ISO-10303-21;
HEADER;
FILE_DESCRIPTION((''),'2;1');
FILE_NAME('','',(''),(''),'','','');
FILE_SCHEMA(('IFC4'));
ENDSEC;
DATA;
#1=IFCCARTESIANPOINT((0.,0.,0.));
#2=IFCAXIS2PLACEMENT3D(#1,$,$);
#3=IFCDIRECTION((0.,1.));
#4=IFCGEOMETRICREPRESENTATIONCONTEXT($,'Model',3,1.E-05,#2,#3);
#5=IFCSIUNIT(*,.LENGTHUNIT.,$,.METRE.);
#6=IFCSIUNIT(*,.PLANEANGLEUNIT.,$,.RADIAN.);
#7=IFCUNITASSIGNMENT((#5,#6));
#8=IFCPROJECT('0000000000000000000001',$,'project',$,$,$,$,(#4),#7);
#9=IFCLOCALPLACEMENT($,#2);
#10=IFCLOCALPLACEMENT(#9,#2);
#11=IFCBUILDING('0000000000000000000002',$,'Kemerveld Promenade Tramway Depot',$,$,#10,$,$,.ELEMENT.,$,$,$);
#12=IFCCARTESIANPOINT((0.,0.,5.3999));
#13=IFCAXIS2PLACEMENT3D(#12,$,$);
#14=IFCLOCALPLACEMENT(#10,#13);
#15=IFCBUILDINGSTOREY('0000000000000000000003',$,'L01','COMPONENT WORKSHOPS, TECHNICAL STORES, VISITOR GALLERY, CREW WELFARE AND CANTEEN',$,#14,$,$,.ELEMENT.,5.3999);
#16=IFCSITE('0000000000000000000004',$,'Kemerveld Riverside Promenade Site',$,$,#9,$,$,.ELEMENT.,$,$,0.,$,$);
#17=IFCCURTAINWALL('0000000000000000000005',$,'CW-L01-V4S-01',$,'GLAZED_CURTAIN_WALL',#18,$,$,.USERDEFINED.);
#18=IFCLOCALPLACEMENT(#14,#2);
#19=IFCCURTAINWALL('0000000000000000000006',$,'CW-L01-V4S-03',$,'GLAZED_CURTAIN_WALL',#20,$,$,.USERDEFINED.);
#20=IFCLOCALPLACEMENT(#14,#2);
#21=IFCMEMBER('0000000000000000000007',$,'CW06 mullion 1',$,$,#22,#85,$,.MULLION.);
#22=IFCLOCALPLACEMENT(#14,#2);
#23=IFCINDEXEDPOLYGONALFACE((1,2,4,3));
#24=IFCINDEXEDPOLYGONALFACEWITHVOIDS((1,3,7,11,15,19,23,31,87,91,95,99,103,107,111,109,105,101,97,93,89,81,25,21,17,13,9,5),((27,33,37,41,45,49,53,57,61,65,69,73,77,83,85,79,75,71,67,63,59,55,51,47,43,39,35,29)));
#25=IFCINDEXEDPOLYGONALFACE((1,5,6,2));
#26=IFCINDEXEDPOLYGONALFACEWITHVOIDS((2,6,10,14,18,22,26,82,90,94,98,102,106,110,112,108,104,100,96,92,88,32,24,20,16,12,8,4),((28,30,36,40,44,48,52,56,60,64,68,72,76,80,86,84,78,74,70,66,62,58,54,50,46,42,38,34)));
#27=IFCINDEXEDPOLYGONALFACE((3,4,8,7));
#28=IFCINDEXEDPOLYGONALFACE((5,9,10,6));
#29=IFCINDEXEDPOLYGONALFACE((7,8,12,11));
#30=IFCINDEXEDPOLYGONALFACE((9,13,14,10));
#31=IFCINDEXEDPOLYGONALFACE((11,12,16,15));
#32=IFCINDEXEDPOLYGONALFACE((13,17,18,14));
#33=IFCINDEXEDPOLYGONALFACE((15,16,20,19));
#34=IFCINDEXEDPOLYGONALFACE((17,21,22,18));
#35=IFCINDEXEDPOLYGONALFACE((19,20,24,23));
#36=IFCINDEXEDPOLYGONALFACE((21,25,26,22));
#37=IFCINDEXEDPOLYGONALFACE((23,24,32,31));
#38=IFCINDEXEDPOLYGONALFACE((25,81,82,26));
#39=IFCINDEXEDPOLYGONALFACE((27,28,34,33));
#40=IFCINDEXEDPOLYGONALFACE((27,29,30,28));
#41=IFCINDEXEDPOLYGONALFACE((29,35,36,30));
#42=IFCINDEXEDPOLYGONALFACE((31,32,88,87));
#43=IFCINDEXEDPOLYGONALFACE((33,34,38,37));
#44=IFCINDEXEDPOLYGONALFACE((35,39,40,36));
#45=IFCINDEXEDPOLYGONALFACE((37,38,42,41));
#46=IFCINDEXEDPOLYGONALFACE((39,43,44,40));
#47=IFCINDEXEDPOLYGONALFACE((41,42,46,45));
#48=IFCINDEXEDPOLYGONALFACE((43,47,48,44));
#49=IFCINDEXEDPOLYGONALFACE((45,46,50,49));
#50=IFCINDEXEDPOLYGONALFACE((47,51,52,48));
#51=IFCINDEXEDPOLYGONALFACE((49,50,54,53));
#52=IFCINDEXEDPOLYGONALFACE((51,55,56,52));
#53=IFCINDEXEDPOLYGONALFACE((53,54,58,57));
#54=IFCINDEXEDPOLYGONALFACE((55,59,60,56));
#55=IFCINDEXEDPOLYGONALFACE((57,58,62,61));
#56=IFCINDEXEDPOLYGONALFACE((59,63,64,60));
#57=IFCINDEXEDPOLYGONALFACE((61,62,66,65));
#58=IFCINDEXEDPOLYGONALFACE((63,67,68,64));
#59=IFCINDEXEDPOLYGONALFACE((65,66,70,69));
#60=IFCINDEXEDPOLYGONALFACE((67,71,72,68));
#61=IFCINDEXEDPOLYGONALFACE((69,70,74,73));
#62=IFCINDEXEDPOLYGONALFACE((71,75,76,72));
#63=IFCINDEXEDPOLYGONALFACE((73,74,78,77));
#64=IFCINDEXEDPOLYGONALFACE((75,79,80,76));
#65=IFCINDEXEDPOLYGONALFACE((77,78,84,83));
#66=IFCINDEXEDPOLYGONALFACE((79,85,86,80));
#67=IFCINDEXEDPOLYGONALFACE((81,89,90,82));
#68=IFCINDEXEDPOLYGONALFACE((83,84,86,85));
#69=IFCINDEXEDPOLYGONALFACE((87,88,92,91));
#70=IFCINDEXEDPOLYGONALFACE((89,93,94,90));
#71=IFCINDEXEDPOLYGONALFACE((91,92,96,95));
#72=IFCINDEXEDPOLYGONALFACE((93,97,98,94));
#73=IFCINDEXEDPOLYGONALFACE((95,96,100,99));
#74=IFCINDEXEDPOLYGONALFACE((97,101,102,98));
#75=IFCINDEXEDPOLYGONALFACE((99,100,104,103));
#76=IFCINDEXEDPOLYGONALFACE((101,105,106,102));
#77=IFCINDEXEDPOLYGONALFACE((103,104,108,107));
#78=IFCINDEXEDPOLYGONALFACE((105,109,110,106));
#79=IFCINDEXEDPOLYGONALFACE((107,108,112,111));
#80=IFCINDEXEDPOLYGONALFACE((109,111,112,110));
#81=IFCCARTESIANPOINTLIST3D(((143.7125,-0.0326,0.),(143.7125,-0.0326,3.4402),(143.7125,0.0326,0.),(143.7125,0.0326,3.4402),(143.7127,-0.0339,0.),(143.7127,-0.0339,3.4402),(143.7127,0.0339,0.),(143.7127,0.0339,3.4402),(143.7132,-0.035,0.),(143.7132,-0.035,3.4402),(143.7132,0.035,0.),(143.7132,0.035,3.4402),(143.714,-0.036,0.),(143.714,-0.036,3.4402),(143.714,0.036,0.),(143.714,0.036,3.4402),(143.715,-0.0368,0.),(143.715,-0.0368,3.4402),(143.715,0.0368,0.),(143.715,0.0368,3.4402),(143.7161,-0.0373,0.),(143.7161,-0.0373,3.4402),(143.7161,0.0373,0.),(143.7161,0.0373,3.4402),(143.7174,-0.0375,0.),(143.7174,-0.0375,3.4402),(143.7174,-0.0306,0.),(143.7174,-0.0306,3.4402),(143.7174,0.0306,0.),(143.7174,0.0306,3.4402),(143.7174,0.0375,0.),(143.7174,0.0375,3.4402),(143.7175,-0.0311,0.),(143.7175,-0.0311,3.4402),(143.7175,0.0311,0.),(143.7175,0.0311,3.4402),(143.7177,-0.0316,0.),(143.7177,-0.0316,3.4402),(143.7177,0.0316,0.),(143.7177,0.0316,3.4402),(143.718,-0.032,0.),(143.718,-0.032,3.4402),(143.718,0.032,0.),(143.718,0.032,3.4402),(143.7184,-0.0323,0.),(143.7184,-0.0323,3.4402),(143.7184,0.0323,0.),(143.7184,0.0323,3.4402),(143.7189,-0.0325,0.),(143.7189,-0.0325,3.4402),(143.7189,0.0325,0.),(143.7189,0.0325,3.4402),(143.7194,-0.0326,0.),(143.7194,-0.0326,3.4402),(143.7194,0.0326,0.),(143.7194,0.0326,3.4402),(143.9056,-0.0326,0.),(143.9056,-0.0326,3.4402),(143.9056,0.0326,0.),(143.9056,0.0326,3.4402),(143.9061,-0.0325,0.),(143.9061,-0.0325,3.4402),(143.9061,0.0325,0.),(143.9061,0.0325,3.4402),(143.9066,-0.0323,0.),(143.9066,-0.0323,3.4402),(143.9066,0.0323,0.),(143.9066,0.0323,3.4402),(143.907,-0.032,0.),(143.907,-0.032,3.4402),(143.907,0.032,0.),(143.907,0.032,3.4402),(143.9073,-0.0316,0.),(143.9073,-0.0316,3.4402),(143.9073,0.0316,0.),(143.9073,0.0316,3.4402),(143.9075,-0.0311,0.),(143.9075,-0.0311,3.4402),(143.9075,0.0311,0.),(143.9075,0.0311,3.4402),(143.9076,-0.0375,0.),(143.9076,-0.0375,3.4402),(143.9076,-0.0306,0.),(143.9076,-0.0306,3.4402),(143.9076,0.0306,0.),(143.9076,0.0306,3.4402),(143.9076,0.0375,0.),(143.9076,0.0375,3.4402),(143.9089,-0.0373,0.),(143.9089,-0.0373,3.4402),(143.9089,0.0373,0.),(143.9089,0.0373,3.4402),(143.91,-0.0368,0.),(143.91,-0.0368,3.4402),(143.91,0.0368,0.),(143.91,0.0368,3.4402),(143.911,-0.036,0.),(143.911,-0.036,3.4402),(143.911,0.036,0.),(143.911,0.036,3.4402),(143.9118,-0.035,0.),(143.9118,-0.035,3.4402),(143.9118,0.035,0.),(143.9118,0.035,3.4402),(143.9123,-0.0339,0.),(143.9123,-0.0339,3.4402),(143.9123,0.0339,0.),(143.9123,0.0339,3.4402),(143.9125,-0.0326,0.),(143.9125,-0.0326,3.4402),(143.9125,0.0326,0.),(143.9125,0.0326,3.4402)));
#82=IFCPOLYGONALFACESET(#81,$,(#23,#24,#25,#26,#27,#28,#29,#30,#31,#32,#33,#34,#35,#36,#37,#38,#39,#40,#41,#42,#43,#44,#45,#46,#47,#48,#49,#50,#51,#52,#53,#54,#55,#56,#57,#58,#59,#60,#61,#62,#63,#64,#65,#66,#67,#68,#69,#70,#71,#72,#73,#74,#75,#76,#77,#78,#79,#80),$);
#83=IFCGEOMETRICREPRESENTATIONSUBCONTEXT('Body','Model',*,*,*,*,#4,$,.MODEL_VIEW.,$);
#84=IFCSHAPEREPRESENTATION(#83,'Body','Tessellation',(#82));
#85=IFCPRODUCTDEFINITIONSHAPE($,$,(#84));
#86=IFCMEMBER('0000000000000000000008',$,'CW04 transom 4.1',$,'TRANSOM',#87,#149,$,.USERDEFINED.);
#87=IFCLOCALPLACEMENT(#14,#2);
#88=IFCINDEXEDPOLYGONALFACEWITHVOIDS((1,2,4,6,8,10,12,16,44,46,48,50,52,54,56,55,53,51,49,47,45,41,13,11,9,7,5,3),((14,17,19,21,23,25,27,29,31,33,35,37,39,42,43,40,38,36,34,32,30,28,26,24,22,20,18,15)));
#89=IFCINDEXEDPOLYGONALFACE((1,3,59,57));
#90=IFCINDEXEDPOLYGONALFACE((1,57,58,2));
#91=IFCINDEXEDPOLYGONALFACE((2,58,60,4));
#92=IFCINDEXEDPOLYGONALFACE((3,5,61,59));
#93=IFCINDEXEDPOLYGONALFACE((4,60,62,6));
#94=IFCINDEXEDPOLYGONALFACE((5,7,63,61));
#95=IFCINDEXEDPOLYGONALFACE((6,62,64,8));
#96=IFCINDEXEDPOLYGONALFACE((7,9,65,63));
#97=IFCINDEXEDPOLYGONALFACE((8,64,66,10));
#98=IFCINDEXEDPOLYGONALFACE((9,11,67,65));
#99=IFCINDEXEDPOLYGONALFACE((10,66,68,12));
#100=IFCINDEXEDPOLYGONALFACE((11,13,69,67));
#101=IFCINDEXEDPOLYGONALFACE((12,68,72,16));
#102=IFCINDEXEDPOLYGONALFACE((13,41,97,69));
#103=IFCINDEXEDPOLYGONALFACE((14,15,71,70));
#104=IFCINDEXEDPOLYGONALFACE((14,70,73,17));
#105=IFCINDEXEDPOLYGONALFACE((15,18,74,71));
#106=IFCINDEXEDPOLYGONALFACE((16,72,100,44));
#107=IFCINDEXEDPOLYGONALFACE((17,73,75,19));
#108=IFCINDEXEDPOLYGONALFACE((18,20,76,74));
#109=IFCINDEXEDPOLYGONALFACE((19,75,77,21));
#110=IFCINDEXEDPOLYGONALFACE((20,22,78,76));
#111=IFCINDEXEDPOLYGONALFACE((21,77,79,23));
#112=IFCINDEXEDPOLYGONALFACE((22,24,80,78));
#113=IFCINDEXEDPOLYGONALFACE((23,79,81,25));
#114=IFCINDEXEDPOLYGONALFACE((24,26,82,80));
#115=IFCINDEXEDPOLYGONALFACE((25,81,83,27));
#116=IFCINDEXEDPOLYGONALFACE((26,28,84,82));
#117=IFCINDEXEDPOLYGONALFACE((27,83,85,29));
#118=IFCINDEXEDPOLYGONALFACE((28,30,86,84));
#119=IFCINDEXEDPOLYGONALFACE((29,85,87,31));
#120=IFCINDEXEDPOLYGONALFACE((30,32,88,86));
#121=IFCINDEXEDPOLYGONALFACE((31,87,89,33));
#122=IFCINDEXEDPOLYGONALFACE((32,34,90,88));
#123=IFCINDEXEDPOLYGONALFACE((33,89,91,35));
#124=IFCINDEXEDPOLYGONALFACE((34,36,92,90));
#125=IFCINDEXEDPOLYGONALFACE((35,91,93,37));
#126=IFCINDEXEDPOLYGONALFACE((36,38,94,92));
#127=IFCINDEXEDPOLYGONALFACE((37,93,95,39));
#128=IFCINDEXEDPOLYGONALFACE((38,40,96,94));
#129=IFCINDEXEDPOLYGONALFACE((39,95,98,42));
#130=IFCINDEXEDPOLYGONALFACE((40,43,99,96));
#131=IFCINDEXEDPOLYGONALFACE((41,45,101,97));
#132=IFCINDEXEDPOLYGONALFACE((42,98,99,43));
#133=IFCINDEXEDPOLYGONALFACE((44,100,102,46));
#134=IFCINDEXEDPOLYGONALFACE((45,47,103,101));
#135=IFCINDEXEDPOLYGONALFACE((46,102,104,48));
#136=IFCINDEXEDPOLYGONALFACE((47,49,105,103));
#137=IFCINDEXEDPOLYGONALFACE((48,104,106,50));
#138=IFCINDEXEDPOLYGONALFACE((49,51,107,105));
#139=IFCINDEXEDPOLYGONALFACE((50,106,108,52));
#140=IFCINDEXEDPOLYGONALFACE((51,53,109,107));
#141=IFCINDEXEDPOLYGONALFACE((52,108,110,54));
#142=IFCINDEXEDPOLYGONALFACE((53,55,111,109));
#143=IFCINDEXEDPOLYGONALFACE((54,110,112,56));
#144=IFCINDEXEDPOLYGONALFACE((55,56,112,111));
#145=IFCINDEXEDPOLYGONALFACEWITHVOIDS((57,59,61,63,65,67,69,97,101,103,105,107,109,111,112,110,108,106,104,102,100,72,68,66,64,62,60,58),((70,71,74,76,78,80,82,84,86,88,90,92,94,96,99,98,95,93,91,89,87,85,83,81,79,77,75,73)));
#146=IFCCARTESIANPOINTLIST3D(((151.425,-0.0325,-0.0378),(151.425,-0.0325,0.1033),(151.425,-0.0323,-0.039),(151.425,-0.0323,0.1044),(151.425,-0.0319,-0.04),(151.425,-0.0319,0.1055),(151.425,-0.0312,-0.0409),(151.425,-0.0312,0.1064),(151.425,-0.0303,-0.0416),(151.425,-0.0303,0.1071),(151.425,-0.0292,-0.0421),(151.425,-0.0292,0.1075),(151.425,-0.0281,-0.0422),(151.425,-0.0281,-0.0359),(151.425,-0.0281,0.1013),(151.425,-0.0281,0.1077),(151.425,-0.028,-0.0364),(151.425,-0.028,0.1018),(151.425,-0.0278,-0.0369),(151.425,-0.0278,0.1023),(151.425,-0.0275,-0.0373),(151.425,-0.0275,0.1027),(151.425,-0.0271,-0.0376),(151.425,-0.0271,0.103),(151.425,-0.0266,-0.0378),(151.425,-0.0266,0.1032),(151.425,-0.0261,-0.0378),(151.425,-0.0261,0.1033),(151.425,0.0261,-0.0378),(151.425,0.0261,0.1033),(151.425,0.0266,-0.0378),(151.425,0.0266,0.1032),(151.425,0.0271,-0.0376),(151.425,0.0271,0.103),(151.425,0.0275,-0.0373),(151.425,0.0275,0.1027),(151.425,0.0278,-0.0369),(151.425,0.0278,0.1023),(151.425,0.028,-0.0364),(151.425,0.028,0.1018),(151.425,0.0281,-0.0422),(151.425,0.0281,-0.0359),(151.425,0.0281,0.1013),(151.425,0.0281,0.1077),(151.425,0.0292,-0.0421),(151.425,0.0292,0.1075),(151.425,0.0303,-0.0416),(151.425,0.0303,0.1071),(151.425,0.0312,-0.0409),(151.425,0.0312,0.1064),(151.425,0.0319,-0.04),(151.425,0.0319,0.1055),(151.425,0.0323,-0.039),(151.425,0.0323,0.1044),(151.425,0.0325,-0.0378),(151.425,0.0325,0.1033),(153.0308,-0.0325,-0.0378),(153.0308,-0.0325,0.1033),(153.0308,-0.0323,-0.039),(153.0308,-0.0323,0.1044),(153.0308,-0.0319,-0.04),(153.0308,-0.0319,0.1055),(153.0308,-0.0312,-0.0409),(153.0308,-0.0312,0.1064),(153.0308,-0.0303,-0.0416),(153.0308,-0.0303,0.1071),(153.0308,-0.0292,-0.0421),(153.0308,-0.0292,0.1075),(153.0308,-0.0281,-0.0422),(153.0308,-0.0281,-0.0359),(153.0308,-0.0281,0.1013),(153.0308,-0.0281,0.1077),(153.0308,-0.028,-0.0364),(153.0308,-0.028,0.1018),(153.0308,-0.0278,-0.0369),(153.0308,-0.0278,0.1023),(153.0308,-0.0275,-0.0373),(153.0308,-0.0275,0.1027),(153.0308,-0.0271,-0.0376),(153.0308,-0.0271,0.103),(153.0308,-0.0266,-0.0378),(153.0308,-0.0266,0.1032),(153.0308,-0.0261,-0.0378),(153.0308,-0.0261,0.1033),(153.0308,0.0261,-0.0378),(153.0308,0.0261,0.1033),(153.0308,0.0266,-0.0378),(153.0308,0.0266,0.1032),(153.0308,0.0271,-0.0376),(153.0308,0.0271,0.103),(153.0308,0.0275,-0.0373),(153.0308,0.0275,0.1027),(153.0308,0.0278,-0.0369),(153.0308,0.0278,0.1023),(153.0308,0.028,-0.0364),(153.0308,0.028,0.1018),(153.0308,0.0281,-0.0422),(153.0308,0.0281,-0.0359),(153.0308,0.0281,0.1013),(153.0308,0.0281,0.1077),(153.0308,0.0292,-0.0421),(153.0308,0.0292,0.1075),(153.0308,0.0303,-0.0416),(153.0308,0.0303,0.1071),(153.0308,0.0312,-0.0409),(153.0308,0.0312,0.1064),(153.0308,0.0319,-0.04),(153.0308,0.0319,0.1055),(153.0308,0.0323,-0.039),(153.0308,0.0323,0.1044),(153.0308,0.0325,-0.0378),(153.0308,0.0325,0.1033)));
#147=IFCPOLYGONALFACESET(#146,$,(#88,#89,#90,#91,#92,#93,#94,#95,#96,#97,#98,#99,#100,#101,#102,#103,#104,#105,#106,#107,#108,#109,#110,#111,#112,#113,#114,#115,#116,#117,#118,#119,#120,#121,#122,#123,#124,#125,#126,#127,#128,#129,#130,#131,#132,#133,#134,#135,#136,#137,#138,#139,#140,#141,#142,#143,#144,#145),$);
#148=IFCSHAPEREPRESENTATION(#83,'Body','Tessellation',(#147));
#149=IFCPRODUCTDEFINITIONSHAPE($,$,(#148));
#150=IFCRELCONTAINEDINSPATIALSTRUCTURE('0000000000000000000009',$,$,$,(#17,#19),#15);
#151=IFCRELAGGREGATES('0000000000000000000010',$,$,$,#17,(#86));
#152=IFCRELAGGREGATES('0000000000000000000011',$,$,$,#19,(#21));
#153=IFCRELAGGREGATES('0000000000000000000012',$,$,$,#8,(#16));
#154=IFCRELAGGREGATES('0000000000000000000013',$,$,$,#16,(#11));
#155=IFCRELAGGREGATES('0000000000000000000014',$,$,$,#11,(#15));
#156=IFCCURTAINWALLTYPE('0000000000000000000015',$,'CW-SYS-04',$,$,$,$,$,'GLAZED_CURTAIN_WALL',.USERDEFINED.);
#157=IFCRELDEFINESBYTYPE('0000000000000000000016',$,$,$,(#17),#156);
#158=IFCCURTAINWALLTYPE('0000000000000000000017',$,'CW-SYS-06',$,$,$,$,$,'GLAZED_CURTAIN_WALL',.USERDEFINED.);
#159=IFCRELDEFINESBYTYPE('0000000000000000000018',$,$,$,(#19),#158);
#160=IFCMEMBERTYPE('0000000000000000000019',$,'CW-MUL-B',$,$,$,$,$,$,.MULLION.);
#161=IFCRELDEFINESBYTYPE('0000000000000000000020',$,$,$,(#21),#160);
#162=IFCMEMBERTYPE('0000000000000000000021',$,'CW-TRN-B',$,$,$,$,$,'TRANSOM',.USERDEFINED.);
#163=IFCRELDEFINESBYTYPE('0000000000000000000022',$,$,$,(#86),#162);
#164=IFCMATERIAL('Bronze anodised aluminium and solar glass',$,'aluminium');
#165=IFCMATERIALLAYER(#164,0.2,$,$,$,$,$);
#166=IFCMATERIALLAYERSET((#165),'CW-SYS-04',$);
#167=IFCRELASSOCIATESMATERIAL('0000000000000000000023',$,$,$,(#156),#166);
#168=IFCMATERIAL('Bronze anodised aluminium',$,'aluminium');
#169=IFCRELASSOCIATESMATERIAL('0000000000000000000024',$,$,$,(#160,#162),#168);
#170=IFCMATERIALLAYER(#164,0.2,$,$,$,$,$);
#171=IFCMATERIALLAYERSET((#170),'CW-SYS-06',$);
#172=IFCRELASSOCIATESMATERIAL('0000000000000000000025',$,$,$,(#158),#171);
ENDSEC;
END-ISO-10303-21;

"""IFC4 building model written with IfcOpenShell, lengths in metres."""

from ifc_helpers import new_model, si_unit, direction, frame, origin, origin_2d, place, context, subcontext, project, spatial, hollow_rectangle, extrude, material, layer, layer_set, material_profile, profile_set, type_object, element, aggregate, save


model = new_model("IFC4")

# Units and contexts
model_context = context("Model", 3, precision=1e-05, world=origin(), true_north=direction((0.0, 1.0)))
body_context = subcontext(model_context, "Body", "Model", "MODEL_VIEW")
ifc_project = project(units=[si_unit("LENGTHUNIT", "METRE"), si_unit("PLANEANGLEUNIT", "RADIAN")], contexts=[model_context])

# Site, building, storey
site_placement = place(None, origin())
site = spatial("IfcSite", under=ifc_project, at=site_placement, Name="Kemerveld Riverside Promenade Site", CompositionType="ELEMENT", RefElevation=0.0)
building_placement = place(site_placement, origin())
building = spatial("IfcBuilding", under=site, at=building_placement, Name="Kemerveld Promenade Tramway Depot", CompositionType="ELEMENT")
storey_placement = place(building_placement, frame((0.0, 0.0, 5.3999)))
storey = spatial("IfcBuildingStorey", under=building, at=storey_placement, Name="L01", Description="COMPONENT WORKSHOPS, TECHNICAL STORES, VISITOR GALLERY, CREW WELFARE AND CANTEEN", CompositionType="ELEMENT", Elevation=5.3999)

# Curtain wall
ifc_material_1 = material(Name="Bronze anodised aluminium and solar glass", Category="aluminium")
ifc_layer_1 = layer(ifc_material_1, 0.2)
ifc_layer_set_1 = layer_set([ifc_layer_1], Name="CW-SYS-04")
curtain_wall_type_1 = type_object("IfcCurtainWallType", Name="CW-SYS-04", ElementType="GLAZED_CURTAIN_WALL", PredefinedType="USERDEFINED", material=ifc_layer_set_1)
curtain_wall_1_placement = place(storey_placement, origin())
curtain_wall_1 = element("IfcCurtainWall", 1, at=curtain_wall_1_placement, inside=storey, type_object=curtain_wall_type_1, Name="CW-L01-V4S-01", ObjectType="GLAZED_CURTAIN_WALL", PredefinedType="USERDEFINED")
ifc_material_2 = material(Name="Bronze anodised aluminium", Category="aluminium")
ifc_material_profile_1 = material_profile(ifc_material_2, hollow_rectangle(XDim=0.075, YDim=0.2, WallThickness=0.0049, InnerFilletRadius=0.002, OuterFilletRadius=0.0049, at=origin_2d()), Name="CW-MUL-200x75")
ifc_profile_set_1 = profile_set([ifc_material_profile_1], Name="Bronze anodised aluminium")
member_type_1 = type_object("IfcMemberType", Name="CW-MUL-B", PredefinedType="MULLION", material=ifc_profile_set_1)

# Curtain wall, member
ifc_layer_2 = layer(ifc_material_1, 0.2)
ifc_layer_set_2 = layer_set([ifc_layer_2], Name="CW-SYS-06")
curtain_wall_type_2 = type_object("IfcCurtainWallType", Name="CW-SYS-06", ElementType="GLAZED_CURTAIN_WALL", PredefinedType="USERDEFINED", material=ifc_layer_set_2)
curtain_wall_2_placement = place(storey_placement, origin())
curtain_wall_2 = element("IfcCurtainWall", 2, at=curtain_wall_2_placement, inside=storey, type_object=curtain_wall_type_2, Name="CW-L01-V4S-03", ObjectType="GLAZED_CURTAIN_WALL", PredefinedType="USERDEFINED")
member_1_placement = place(storey_placement, frame((143.8125, 0.0, 0.0), z_axis=(0.0, 0.0, 1.0), x_axis=(0.0, -1.0, 0.0)))
member_1 = element("IfcMember", 3, at=member_1_placement, type_object=member_type_1, Name="CW06 mullion 1", PredefinedType="MULLION", context=body_context, shape_type="SweptSolid", body=[
    extrude(hollow_rectangle(XDim=0.075, YDim=0.2, WallThickness=0.0049, InnerFilletRadius=0.002, OuterFilletRadius=0.0049, at=origin_2d()), origin(), (0.0, 0.0, 1.0), 3.4402),
])

# Member
ifc_material_profile_2 = material_profile(ifc_material_2, hollow_rectangle(XDim=0.0649, YDim=0.1499, WallThickness=0.0044, InnerFilletRadius=0.002, OuterFilletRadius=0.0044, at=origin_2d()), Name="CW-TRN-150x65")
ifc_profile_set_2 = profile_set([ifc_material_profile_2], Name="Bronze anodised aluminium")
member_type_2 = type_object("IfcMemberType", Name="CW-TRN-B", ElementType="TRANSOM", PredefinedType="USERDEFINED", material=ifc_profile_set_2)
member_2_placement = place(storey_placement, frame((153.0308, 0.0, 0.0327), z_axis=(-1.0, 0.0, 0.0), x_axis=(0.0, -1.0, 0.0)))
member_2 = element("IfcMember", 4, at=member_2_placement, type_object=member_type_2, Name="CW04 transom 4.1", ObjectType="TRANSOM", PredefinedType="USERDEFINED", context=body_context, shape_type="SweptSolid", body=[
    extrude(hollow_rectangle(XDim=0.0649, YDim=0.1499, WallThickness=0.0044, InnerFilletRadius=0.002, OuterFilletRadius=0.0044, at=origin_2d()), origin(), (0.0, 0.0, 1.0), 1.6057),
])

aggregate(curtain_wall_1, [member_2])
aggregate(curtain_wall_2, [member_1])

save(model, "model.ifc")
